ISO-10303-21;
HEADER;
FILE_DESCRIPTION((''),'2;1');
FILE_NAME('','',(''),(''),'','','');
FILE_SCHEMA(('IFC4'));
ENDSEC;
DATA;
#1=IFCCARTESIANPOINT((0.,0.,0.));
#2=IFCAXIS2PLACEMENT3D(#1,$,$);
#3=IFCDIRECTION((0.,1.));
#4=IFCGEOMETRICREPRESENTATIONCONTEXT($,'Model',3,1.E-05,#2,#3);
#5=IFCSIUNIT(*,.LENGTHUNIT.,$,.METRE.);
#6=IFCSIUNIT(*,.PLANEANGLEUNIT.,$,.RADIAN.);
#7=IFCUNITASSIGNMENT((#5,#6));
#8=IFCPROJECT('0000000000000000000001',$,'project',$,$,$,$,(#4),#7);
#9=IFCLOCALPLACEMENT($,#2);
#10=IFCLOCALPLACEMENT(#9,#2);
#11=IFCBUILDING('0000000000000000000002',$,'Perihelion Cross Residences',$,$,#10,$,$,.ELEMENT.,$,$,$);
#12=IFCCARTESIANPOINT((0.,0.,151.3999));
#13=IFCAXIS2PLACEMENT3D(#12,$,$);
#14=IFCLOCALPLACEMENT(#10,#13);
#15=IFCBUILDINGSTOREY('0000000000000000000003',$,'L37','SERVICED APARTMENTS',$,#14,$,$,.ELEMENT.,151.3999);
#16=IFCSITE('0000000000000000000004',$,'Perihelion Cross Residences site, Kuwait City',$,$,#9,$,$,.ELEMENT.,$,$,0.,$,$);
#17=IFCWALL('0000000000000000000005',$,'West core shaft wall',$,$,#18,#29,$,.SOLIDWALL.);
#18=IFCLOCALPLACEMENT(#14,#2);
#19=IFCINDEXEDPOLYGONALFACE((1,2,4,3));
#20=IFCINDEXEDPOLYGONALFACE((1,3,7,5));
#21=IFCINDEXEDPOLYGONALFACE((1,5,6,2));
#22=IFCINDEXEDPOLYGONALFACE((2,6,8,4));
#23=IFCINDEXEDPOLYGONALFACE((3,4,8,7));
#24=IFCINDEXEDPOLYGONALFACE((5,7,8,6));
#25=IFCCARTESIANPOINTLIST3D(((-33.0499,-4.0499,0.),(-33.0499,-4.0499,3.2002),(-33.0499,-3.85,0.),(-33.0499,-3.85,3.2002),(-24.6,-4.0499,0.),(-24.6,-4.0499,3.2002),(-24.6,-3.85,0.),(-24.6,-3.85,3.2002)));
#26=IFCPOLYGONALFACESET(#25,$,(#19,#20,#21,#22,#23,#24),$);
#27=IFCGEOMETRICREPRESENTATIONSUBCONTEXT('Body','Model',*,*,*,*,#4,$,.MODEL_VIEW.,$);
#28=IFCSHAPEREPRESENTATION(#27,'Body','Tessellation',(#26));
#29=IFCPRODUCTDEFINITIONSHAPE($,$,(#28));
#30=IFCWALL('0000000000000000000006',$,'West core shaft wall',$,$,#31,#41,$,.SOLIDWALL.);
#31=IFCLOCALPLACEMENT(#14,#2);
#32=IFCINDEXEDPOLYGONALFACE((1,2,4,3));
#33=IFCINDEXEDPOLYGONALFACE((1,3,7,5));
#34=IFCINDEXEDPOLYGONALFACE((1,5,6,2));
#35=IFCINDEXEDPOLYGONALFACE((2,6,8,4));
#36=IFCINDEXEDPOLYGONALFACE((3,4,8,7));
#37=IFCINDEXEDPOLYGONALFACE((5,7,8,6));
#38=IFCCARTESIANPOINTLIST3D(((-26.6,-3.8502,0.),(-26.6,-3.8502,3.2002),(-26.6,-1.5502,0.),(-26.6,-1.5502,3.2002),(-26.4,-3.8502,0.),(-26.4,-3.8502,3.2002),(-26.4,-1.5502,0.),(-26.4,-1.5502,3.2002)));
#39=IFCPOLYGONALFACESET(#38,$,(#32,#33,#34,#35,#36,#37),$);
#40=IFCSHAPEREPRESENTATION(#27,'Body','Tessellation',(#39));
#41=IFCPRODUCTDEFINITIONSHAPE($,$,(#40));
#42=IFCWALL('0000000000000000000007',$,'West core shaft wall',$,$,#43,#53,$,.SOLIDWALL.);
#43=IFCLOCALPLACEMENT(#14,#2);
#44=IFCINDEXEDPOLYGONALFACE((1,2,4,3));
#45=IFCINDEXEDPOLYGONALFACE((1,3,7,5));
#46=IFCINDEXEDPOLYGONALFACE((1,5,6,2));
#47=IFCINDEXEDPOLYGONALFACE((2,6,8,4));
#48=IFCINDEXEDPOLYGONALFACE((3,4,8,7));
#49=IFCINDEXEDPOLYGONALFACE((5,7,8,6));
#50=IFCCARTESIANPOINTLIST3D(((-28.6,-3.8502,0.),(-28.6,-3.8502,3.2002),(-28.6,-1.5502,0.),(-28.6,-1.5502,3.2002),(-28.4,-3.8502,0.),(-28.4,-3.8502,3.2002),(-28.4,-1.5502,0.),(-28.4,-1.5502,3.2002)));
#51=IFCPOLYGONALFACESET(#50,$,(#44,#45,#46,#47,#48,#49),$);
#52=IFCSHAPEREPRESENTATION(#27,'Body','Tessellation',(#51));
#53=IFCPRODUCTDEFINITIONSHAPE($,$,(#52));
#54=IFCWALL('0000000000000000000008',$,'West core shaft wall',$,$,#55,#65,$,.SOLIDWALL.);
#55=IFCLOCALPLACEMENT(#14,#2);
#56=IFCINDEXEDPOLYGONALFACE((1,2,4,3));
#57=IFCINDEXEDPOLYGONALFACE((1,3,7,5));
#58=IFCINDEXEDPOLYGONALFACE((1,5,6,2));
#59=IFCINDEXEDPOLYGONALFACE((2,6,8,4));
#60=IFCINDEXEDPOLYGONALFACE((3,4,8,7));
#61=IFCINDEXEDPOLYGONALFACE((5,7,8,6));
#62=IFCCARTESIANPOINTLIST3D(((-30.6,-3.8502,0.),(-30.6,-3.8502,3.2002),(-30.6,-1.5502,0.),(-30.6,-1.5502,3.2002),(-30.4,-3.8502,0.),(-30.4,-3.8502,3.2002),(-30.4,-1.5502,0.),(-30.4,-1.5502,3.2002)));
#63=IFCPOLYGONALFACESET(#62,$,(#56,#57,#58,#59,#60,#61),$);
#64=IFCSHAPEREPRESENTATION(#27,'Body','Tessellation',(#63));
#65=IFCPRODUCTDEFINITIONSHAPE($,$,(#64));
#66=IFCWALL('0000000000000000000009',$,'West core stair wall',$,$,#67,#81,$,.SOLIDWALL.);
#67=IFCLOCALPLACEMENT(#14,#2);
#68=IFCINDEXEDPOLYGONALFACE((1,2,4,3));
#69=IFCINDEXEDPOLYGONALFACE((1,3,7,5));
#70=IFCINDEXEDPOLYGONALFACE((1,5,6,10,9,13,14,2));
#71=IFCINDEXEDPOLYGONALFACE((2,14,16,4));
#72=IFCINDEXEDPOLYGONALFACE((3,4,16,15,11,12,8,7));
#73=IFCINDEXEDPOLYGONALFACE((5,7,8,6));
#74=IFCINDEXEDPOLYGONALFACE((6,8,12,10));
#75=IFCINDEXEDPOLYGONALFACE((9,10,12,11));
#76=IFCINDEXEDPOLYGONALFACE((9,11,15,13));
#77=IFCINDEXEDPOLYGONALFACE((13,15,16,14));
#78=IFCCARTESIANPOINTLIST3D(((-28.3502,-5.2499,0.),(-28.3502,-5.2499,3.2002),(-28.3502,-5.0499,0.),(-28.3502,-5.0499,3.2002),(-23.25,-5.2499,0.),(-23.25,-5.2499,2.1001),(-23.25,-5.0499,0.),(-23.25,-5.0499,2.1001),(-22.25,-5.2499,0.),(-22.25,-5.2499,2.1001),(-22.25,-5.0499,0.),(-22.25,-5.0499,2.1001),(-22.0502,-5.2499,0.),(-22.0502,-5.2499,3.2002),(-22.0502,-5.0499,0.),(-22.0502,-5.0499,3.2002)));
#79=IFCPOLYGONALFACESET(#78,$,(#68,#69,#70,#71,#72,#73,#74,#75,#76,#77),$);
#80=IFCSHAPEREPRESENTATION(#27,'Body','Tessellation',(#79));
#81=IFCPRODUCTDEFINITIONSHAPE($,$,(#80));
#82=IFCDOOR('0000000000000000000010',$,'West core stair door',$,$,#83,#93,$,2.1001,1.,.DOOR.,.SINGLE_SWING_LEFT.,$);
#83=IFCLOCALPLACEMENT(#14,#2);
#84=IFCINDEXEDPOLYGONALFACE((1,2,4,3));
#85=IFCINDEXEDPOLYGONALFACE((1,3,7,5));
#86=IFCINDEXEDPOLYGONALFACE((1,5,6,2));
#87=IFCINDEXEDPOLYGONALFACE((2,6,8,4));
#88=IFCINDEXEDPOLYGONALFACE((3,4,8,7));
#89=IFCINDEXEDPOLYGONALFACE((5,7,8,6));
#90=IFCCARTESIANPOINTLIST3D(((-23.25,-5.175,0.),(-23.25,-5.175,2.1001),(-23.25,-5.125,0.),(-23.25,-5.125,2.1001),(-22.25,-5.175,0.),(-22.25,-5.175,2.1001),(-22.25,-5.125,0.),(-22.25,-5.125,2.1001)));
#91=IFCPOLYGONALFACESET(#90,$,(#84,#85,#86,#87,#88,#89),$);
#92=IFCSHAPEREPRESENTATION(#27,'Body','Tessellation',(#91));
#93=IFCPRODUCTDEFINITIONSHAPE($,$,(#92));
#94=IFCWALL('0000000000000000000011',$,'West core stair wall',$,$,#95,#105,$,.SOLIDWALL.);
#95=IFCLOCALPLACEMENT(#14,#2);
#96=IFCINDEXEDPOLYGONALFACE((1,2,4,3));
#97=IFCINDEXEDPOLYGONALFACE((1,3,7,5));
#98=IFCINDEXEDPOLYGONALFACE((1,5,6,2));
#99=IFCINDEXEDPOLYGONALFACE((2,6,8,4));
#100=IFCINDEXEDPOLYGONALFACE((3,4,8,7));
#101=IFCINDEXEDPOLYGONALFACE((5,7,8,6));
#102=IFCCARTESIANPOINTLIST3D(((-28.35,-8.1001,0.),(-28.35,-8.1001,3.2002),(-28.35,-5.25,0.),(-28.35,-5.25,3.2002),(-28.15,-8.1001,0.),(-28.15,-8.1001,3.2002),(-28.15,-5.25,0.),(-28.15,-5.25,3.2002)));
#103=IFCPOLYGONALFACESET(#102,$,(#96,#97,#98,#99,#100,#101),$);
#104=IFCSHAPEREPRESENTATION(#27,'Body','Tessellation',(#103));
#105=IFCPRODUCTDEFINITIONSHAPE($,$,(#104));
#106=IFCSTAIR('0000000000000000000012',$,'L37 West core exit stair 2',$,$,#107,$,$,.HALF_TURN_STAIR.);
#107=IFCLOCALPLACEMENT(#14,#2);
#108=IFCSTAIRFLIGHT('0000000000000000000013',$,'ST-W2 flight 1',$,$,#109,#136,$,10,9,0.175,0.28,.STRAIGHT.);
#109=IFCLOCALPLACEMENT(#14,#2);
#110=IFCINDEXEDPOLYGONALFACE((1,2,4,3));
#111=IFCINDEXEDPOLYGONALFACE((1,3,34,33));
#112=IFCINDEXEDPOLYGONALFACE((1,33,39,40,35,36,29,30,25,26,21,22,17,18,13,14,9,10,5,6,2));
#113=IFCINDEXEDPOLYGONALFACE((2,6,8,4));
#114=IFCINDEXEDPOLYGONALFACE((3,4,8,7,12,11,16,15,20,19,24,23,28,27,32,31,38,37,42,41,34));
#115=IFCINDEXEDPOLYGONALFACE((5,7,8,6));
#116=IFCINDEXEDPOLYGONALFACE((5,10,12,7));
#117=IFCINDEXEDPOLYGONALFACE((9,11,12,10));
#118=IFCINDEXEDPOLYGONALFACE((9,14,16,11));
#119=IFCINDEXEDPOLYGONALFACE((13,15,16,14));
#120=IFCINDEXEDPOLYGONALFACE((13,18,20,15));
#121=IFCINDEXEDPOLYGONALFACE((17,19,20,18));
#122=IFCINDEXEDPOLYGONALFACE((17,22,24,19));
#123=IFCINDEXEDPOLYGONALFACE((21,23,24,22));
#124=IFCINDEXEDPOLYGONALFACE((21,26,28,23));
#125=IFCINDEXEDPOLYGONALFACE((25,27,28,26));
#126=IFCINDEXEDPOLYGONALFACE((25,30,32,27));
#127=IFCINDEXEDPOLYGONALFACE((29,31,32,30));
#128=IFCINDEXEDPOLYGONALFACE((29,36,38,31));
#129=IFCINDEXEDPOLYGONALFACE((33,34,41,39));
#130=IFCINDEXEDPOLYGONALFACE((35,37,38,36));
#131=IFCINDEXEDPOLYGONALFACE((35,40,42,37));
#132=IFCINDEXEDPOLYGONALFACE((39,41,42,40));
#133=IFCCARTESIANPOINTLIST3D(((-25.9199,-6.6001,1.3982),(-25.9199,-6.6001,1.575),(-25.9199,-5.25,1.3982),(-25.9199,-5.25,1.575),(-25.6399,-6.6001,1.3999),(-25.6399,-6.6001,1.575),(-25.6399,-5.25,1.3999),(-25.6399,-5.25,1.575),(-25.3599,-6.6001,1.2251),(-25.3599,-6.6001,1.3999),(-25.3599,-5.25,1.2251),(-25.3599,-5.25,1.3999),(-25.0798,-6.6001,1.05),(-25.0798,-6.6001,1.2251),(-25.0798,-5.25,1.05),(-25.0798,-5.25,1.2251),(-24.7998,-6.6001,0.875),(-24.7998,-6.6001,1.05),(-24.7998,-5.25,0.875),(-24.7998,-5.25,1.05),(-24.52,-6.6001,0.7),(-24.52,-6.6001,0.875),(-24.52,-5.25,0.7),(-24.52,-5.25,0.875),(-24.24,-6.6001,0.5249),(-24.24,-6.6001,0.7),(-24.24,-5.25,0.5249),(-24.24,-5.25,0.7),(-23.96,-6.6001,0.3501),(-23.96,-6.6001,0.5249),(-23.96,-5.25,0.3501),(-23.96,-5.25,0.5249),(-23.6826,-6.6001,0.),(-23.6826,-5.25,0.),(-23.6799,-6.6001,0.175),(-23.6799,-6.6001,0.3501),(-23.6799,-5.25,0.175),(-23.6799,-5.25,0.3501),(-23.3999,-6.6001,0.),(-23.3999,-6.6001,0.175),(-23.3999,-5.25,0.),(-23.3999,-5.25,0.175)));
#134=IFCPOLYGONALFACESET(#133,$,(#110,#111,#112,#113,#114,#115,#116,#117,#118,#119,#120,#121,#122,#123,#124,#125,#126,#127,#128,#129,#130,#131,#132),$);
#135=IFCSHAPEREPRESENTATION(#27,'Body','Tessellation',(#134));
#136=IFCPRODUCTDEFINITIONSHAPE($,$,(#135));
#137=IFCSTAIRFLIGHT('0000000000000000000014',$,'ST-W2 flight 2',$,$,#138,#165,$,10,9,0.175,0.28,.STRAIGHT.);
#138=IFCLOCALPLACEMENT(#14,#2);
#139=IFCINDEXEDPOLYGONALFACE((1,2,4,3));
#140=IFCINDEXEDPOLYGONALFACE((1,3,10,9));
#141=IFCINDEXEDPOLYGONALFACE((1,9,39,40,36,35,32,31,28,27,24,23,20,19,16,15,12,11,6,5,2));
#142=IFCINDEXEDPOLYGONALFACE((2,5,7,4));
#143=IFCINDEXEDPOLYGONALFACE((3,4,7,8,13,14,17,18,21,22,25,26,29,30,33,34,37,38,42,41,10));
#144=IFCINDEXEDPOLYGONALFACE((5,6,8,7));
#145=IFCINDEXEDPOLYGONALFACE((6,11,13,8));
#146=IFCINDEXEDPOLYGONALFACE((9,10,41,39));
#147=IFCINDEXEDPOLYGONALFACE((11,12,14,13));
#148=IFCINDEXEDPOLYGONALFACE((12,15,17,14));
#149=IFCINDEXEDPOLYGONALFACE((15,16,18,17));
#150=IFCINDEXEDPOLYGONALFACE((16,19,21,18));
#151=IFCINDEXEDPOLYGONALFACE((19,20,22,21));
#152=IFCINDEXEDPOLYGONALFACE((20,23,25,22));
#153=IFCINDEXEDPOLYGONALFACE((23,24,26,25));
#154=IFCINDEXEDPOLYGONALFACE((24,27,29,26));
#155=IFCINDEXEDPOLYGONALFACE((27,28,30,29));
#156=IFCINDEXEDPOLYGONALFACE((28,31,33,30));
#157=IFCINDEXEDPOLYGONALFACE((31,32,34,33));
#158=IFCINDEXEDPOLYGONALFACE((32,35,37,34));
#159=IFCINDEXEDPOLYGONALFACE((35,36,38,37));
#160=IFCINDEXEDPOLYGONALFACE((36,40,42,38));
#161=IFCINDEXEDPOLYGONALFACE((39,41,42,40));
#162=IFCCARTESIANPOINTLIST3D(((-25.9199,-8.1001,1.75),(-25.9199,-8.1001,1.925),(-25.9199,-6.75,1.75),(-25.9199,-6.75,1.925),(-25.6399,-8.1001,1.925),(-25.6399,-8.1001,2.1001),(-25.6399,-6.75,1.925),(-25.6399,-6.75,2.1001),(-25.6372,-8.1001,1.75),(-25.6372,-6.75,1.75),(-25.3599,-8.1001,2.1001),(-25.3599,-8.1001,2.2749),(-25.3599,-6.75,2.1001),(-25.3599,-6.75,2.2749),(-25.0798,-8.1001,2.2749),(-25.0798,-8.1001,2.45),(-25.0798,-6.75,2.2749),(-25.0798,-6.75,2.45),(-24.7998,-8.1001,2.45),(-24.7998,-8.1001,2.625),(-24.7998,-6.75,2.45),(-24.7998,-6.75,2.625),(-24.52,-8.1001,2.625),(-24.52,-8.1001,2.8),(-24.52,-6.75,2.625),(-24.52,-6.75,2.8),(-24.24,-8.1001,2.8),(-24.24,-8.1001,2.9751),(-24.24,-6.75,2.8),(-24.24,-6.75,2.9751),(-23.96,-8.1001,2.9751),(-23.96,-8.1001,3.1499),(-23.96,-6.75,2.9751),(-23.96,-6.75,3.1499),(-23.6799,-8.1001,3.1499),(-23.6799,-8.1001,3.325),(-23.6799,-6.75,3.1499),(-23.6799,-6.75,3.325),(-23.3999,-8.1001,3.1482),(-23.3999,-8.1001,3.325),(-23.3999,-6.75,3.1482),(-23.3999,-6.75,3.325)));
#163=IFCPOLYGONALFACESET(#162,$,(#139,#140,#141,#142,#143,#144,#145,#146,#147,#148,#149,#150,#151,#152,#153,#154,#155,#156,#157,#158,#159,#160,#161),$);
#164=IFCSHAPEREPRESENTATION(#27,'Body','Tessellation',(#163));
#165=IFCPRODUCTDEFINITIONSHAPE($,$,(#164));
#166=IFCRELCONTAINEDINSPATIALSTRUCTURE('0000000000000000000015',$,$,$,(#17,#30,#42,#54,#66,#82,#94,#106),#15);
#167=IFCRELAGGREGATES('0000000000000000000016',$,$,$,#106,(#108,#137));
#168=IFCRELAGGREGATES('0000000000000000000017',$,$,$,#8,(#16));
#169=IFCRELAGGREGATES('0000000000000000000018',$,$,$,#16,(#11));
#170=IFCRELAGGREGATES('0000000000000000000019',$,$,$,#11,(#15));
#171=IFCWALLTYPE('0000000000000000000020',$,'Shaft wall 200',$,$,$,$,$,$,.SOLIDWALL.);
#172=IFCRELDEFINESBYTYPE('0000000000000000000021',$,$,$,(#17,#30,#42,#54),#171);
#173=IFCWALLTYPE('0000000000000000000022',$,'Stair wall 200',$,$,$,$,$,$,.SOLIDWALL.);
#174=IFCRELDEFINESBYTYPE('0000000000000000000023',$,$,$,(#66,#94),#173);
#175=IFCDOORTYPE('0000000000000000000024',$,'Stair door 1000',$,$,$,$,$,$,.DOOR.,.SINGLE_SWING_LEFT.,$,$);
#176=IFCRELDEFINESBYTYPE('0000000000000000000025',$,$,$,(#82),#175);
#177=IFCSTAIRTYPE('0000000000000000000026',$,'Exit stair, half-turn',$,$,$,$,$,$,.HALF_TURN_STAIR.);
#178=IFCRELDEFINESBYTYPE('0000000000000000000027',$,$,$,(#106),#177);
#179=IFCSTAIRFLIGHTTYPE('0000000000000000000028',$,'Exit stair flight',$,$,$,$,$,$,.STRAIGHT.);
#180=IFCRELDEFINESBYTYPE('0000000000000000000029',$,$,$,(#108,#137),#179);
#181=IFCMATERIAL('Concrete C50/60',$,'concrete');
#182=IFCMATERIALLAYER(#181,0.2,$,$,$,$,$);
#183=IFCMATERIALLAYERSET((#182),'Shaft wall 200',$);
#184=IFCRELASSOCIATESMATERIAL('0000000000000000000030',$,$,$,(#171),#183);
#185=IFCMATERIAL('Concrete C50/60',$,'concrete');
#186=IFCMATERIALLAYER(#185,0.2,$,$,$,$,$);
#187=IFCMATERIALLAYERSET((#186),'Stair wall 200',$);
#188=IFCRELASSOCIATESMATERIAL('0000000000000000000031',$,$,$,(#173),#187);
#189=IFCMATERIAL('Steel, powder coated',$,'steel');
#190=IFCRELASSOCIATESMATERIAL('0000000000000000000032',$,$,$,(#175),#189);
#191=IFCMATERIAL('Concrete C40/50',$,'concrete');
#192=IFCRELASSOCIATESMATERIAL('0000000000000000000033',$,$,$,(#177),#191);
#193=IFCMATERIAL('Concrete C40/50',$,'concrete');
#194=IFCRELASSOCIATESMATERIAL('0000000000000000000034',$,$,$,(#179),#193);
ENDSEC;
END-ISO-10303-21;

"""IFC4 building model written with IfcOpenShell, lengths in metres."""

from ifc_helpers import new_model, si_unit, direction, frame, frame_2d, origin, place, context, subcontext, project, spatial, polyline, rectangle, outline, extrude, material, layer, layer_set, type_object, element, fill, aggregate, save


model = new_model("IFC4")

# Units and contexts
model_context = context("Model", 3, precision=1e-05, world=origin(), true_north=direction((0.0, 1.0)))
body_context = subcontext(model_context, "Body", "Model", "MODEL_VIEW")
ifc_project = project(units=[si_unit("LENGTHUNIT", "METRE"), si_unit("PLANEANGLEUNIT", "RADIAN")], contexts=[model_context])

# Site, building, storey
site_placement = place(None, origin())
site = spatial("IfcSite", under=ifc_project, at=site_placement, Name="Perihelion Cross Residences site, Kuwait City", CompositionType="ELEMENT", RefElevation=0.0)
building_placement = place(site_placement, origin())
building = spatial("IfcBuilding", under=site, at=building_placement, Name="Perihelion Cross Residences", CompositionType="ELEMENT")
storey_placement = place(building_placement, frame((0.0, 0.0, 151.3999)))
storey = spatial("IfcBuildingStorey", under=building, at=storey_placement, Name="L37", Description="SERVICED APARTMENTS", CompositionType="ELEMENT", Elevation=151.3999)

# Shared definitions
ifc_material_1 = material(Name="Concrete C50/60", Category="concrete")
ifc_layer_1 = layer(ifc_material_1, 0.2)
ifc_layer_set_1 = layer_set([ifc_layer_1], Name="Shaft wall 200")
wall_type_1 = type_object("IfcWallType", Name="Shaft wall 200", PredefinedType="SOLIDWALL", material=ifc_layer_set_1)

# Walls
wall_1_placement = place(storey_placement, frame((-33.05, -3.95, 0.0), z_axis=(0.0, 0.0, 1.0), x_axis=(1.0, 0.0, 0.0)))
element("IfcWall", 1, at=wall_1_placement, inside=storey, type_object=wall_type_1, Name="West core shaft wall", PredefinedType="SOLIDWALL", context=body_context, shape_type="SweptSolid", body=[
    extrude(rectangle(XDim=8.45, YDim=0.2, at=frame_2d((4.2251, 0.0))), origin(), (0.0, 0.0, 1.0), 3.2002),
])
for number, where, z_axis, x_axis, name in (
    (2, (-26.5, -3.8501, 0.0), (0.0, 0.0, 1.0), (0.0, 1.0, 0.0), "West core shaft wall"),
    (3, (-28.5, -3.8501, 0.0), (0.0, 0.0, 1.0), (0.0, 1.0, 0.0), "West core shaft wall"),
    (4, (-30.5, -3.8501, 0.0), (0.0, 0.0, 1.0), (0.0, 1.0, 0.0), "West core shaft wall"),
):
    element("IfcWall", number, at=place(storey_placement, frame(where, z_axis=z_axis, x_axis=x_axis)), inside=storey, type_object=wall_type_1, Name=name, PredefinedType="SOLIDWALL", context=body_context, shape_type="SweptSolid", body=[
        extrude(rectangle(XDim=2.3, YDim=0.2, at=frame_2d((1.1499, 0.0))), origin(), (0.0, 0.0, 1.0), 3.2002),
    ])

# Wall, opening, door
ifc_material_2 = material(Name="Concrete C50/60", Category="concrete")
ifc_layer_2 = layer(ifc_material_2, 0.2)
ifc_layer_set_2 = layer_set([ifc_layer_2], Name="Stair wall 200")
wall_type_2 = type_object("IfcWallType", Name="Stair wall 200", PredefinedType="SOLIDWALL", material=ifc_layer_set_2)
wall_2_placement = place(storey_placement, frame((-28.3501, -5.1499, 0.0), z_axis=(0.0, 0.0, 1.0), x_axis=(1.0, 0.0, 0.0)))
wall_2 = element("IfcWall", 5, at=wall_2_placement, inside=storey, type_object=wall_type_2, Name="West core stair wall", PredefinedType="SOLIDWALL", context=body_context, shape_type="SweptSolid", body=[
    extrude(rectangle(XDim=6.3, YDim=0.2, at=frame_2d((3.1499, 0.0))), origin(), (0.0, 0.0, 1.0), 3.2002),
])
opening_1_placement = place(wall_2_placement, frame((5.1001, 0.0, 0.0)))
opening_1 = element("IfcOpeningElement", 6, at=opening_1_placement, cuts=wall_2, PredefinedType="OPENING", context=body_context, shape_type="SweptSolid", body=[
    extrude(rectangle(XDim=1.0, YDim=2.1001, at=frame_2d((0.5, 1.05))), frame((0.0, 0.1099, 0.0), z_axis=(0.0, -1.0, 0.0), x_axis=(1.0, 0.0, 0.0)), (0.0, 0.0, 1.0), 0.22),
])
ifc_material_3 = material(Name="Steel, powder coated", Category="steel")
door_type_1 = type_object("IfcDoorType", Name="Stair door 1000", OperationType="SINGLE_SWING_LEFT", PredefinedType="DOOR", material=ifc_material_3)
door_1_placement = place(opening_1_placement, origin())
door_1 = element("IfcDoor", 7, at=door_1_placement, inside=storey, type_object=door_type_1, Name="West core stair door", OperationType="SINGLE_SWING_LEFT", OverallHeight=2.1001, OverallWidth=1.0, PredefinedType="DOOR", context=body_context, shape_type="SweptSolid", body=[
    extrude(rectangle(XDim=1.0, YDim=2.1001, at=frame_2d((0.5, 1.05))), frame((0.0, 0.0249, 0.0), z_axis=(0.0, -1.0, 0.0), x_axis=(1.0, 0.0, 0.0)), (0.0, 0.0, 1.0), 0.05),
])
fill(opening_1, door_1)

# Wall
wall_3_placement = place(storey_placement, frame((-28.25, -8.1001, 0.0), z_axis=(0.0, 0.0, 1.0), x_axis=(0.0, 1.0, 0.0)))
element("IfcWall", 8, at=wall_3_placement, inside=storey, type_object=wall_type_2, Name="West core stair wall", PredefinedType="SOLIDWALL", context=body_context, shape_type="SweptSolid", body=[
    extrude(rectangle(XDim=2.8501, YDim=0.2, at=frame_2d((1.425, 0.0))), origin(), (0.0, 0.0, 1.0), 3.2002),
])

# Stair, stair flights
ifc_material_4 = material(Name="Concrete C40/50", Category="concrete")
stair_type = type_object("IfcStairType", Name="Exit stair, half-turn", PredefinedType="HALF_TURN_STAIR", material=ifc_material_4)
stair_placement = place(storey_placement, origin())
stair = element("IfcStair", 9, at=stair_placement, inside=storey, type_object=stair_type, Name="L37 West core exit stair 2", PredefinedType="HALF_TURN_STAIR")
ifc_material_5 = material(Name="Concrete C40/50", Category="concrete")
stair_flight_type = type_object("IfcStairFlightType", Name="Exit stair flight", PredefinedType="STRAIGHT", material=ifc_material_5)
stair_flight_1_placement = place(storey_placement, frame((-23.3999, -5.925, 0.0), z_axis=(0.0, 0.0, 1.0), x_axis=(-1.0, 0.0, 0.0)))
stair_flight_1 = element("IfcStairFlight", 10, at=stair_flight_1_placement, type_object=stair_flight_type, Name="ST-W2 flight 1", NumberOfRisers=10, NumberOfTreads=9, PredefinedType="STRAIGHT", RiserHeight=0.175, TreadLength=0.28, context=body_context, shape_type="SweptSolid", body=[
    extrude(outline(polyline([(0.0, 0.0), (0.0, 0.175), (0.28, 0.175), (0.28, 0.3501), (0.5601, 0.3501), (0.5601, 0.5249), (0.8401, 0.5249), (0.8401, 0.7), (1.1201, 0.7), (1.1201, 0.875), (1.3999, 0.875), (1.3999, 1.05), (1.6799, 1.05), (1.6799, 1.2251), (1.96, 1.2251), (1.96, 1.3999), (2.24, 1.3999), (2.24, 1.575), (2.52, 1.575), (2.52, 1.75), (2.52, 1.3982), (0.2827, 0.0), (0.0, 0.0)])), frame((0.0, 0.675, 0.0), z_axis=(0.0, -1.0, 0.0), x_axis=(1.0, 0.0, 0.0)), (0.0, 0.0, 1.0), 1.3501),
])
stair_flight_2_placement = place(storey_placement, frame((-25.9199, -7.425, 1.75), z_axis=(0.0, 0.0, 1.0), x_axis=(1.0, 0.0, 0.0)))
stair_flight_2 = element("IfcStairFlight", 11, at=stair_flight_2_placement, type_object=stair_flight_type, Name="ST-W2 flight 2", NumberOfRisers=10, NumberOfTreads=9, PredefinedType="STRAIGHT", RiserHeight=0.175, TreadLength=0.28, context=body_context, shape_type="SweptSolid", body=[
    extrude(outline(polyline([(0.0, 0.0), (0.0, 0.175), (0.28, 0.175), (0.28, 0.3501), (0.5601, 0.3501), (0.5601, 0.5249), (0.8401, 0.5249), (0.8401, 0.7), (1.1201, 0.7), (1.1201, 0.875), (1.3999, 0.875), (1.3999, 1.05), (1.6799, 1.05), (1.6799, 1.2251), (1.96, 1.2251), (1.96, 1.3999), (2.24, 1.3999), (2.24, 1.575), (2.52, 1.575), (2.52, 1.75), (2.52, 1.3982), (0.2827, 0.0), (0.0, 0.0)])), frame((0.0, 0.675, 0.0), z_axis=(0.0, -1.0, 0.0), x_axis=(1.0, 0.0, 0.0)), (0.0, 0.0, 1.0), 1.3501),
])
aggregate(stair, [stair_flight_1, stair_flight_2])

save(model, "model.ifc")
